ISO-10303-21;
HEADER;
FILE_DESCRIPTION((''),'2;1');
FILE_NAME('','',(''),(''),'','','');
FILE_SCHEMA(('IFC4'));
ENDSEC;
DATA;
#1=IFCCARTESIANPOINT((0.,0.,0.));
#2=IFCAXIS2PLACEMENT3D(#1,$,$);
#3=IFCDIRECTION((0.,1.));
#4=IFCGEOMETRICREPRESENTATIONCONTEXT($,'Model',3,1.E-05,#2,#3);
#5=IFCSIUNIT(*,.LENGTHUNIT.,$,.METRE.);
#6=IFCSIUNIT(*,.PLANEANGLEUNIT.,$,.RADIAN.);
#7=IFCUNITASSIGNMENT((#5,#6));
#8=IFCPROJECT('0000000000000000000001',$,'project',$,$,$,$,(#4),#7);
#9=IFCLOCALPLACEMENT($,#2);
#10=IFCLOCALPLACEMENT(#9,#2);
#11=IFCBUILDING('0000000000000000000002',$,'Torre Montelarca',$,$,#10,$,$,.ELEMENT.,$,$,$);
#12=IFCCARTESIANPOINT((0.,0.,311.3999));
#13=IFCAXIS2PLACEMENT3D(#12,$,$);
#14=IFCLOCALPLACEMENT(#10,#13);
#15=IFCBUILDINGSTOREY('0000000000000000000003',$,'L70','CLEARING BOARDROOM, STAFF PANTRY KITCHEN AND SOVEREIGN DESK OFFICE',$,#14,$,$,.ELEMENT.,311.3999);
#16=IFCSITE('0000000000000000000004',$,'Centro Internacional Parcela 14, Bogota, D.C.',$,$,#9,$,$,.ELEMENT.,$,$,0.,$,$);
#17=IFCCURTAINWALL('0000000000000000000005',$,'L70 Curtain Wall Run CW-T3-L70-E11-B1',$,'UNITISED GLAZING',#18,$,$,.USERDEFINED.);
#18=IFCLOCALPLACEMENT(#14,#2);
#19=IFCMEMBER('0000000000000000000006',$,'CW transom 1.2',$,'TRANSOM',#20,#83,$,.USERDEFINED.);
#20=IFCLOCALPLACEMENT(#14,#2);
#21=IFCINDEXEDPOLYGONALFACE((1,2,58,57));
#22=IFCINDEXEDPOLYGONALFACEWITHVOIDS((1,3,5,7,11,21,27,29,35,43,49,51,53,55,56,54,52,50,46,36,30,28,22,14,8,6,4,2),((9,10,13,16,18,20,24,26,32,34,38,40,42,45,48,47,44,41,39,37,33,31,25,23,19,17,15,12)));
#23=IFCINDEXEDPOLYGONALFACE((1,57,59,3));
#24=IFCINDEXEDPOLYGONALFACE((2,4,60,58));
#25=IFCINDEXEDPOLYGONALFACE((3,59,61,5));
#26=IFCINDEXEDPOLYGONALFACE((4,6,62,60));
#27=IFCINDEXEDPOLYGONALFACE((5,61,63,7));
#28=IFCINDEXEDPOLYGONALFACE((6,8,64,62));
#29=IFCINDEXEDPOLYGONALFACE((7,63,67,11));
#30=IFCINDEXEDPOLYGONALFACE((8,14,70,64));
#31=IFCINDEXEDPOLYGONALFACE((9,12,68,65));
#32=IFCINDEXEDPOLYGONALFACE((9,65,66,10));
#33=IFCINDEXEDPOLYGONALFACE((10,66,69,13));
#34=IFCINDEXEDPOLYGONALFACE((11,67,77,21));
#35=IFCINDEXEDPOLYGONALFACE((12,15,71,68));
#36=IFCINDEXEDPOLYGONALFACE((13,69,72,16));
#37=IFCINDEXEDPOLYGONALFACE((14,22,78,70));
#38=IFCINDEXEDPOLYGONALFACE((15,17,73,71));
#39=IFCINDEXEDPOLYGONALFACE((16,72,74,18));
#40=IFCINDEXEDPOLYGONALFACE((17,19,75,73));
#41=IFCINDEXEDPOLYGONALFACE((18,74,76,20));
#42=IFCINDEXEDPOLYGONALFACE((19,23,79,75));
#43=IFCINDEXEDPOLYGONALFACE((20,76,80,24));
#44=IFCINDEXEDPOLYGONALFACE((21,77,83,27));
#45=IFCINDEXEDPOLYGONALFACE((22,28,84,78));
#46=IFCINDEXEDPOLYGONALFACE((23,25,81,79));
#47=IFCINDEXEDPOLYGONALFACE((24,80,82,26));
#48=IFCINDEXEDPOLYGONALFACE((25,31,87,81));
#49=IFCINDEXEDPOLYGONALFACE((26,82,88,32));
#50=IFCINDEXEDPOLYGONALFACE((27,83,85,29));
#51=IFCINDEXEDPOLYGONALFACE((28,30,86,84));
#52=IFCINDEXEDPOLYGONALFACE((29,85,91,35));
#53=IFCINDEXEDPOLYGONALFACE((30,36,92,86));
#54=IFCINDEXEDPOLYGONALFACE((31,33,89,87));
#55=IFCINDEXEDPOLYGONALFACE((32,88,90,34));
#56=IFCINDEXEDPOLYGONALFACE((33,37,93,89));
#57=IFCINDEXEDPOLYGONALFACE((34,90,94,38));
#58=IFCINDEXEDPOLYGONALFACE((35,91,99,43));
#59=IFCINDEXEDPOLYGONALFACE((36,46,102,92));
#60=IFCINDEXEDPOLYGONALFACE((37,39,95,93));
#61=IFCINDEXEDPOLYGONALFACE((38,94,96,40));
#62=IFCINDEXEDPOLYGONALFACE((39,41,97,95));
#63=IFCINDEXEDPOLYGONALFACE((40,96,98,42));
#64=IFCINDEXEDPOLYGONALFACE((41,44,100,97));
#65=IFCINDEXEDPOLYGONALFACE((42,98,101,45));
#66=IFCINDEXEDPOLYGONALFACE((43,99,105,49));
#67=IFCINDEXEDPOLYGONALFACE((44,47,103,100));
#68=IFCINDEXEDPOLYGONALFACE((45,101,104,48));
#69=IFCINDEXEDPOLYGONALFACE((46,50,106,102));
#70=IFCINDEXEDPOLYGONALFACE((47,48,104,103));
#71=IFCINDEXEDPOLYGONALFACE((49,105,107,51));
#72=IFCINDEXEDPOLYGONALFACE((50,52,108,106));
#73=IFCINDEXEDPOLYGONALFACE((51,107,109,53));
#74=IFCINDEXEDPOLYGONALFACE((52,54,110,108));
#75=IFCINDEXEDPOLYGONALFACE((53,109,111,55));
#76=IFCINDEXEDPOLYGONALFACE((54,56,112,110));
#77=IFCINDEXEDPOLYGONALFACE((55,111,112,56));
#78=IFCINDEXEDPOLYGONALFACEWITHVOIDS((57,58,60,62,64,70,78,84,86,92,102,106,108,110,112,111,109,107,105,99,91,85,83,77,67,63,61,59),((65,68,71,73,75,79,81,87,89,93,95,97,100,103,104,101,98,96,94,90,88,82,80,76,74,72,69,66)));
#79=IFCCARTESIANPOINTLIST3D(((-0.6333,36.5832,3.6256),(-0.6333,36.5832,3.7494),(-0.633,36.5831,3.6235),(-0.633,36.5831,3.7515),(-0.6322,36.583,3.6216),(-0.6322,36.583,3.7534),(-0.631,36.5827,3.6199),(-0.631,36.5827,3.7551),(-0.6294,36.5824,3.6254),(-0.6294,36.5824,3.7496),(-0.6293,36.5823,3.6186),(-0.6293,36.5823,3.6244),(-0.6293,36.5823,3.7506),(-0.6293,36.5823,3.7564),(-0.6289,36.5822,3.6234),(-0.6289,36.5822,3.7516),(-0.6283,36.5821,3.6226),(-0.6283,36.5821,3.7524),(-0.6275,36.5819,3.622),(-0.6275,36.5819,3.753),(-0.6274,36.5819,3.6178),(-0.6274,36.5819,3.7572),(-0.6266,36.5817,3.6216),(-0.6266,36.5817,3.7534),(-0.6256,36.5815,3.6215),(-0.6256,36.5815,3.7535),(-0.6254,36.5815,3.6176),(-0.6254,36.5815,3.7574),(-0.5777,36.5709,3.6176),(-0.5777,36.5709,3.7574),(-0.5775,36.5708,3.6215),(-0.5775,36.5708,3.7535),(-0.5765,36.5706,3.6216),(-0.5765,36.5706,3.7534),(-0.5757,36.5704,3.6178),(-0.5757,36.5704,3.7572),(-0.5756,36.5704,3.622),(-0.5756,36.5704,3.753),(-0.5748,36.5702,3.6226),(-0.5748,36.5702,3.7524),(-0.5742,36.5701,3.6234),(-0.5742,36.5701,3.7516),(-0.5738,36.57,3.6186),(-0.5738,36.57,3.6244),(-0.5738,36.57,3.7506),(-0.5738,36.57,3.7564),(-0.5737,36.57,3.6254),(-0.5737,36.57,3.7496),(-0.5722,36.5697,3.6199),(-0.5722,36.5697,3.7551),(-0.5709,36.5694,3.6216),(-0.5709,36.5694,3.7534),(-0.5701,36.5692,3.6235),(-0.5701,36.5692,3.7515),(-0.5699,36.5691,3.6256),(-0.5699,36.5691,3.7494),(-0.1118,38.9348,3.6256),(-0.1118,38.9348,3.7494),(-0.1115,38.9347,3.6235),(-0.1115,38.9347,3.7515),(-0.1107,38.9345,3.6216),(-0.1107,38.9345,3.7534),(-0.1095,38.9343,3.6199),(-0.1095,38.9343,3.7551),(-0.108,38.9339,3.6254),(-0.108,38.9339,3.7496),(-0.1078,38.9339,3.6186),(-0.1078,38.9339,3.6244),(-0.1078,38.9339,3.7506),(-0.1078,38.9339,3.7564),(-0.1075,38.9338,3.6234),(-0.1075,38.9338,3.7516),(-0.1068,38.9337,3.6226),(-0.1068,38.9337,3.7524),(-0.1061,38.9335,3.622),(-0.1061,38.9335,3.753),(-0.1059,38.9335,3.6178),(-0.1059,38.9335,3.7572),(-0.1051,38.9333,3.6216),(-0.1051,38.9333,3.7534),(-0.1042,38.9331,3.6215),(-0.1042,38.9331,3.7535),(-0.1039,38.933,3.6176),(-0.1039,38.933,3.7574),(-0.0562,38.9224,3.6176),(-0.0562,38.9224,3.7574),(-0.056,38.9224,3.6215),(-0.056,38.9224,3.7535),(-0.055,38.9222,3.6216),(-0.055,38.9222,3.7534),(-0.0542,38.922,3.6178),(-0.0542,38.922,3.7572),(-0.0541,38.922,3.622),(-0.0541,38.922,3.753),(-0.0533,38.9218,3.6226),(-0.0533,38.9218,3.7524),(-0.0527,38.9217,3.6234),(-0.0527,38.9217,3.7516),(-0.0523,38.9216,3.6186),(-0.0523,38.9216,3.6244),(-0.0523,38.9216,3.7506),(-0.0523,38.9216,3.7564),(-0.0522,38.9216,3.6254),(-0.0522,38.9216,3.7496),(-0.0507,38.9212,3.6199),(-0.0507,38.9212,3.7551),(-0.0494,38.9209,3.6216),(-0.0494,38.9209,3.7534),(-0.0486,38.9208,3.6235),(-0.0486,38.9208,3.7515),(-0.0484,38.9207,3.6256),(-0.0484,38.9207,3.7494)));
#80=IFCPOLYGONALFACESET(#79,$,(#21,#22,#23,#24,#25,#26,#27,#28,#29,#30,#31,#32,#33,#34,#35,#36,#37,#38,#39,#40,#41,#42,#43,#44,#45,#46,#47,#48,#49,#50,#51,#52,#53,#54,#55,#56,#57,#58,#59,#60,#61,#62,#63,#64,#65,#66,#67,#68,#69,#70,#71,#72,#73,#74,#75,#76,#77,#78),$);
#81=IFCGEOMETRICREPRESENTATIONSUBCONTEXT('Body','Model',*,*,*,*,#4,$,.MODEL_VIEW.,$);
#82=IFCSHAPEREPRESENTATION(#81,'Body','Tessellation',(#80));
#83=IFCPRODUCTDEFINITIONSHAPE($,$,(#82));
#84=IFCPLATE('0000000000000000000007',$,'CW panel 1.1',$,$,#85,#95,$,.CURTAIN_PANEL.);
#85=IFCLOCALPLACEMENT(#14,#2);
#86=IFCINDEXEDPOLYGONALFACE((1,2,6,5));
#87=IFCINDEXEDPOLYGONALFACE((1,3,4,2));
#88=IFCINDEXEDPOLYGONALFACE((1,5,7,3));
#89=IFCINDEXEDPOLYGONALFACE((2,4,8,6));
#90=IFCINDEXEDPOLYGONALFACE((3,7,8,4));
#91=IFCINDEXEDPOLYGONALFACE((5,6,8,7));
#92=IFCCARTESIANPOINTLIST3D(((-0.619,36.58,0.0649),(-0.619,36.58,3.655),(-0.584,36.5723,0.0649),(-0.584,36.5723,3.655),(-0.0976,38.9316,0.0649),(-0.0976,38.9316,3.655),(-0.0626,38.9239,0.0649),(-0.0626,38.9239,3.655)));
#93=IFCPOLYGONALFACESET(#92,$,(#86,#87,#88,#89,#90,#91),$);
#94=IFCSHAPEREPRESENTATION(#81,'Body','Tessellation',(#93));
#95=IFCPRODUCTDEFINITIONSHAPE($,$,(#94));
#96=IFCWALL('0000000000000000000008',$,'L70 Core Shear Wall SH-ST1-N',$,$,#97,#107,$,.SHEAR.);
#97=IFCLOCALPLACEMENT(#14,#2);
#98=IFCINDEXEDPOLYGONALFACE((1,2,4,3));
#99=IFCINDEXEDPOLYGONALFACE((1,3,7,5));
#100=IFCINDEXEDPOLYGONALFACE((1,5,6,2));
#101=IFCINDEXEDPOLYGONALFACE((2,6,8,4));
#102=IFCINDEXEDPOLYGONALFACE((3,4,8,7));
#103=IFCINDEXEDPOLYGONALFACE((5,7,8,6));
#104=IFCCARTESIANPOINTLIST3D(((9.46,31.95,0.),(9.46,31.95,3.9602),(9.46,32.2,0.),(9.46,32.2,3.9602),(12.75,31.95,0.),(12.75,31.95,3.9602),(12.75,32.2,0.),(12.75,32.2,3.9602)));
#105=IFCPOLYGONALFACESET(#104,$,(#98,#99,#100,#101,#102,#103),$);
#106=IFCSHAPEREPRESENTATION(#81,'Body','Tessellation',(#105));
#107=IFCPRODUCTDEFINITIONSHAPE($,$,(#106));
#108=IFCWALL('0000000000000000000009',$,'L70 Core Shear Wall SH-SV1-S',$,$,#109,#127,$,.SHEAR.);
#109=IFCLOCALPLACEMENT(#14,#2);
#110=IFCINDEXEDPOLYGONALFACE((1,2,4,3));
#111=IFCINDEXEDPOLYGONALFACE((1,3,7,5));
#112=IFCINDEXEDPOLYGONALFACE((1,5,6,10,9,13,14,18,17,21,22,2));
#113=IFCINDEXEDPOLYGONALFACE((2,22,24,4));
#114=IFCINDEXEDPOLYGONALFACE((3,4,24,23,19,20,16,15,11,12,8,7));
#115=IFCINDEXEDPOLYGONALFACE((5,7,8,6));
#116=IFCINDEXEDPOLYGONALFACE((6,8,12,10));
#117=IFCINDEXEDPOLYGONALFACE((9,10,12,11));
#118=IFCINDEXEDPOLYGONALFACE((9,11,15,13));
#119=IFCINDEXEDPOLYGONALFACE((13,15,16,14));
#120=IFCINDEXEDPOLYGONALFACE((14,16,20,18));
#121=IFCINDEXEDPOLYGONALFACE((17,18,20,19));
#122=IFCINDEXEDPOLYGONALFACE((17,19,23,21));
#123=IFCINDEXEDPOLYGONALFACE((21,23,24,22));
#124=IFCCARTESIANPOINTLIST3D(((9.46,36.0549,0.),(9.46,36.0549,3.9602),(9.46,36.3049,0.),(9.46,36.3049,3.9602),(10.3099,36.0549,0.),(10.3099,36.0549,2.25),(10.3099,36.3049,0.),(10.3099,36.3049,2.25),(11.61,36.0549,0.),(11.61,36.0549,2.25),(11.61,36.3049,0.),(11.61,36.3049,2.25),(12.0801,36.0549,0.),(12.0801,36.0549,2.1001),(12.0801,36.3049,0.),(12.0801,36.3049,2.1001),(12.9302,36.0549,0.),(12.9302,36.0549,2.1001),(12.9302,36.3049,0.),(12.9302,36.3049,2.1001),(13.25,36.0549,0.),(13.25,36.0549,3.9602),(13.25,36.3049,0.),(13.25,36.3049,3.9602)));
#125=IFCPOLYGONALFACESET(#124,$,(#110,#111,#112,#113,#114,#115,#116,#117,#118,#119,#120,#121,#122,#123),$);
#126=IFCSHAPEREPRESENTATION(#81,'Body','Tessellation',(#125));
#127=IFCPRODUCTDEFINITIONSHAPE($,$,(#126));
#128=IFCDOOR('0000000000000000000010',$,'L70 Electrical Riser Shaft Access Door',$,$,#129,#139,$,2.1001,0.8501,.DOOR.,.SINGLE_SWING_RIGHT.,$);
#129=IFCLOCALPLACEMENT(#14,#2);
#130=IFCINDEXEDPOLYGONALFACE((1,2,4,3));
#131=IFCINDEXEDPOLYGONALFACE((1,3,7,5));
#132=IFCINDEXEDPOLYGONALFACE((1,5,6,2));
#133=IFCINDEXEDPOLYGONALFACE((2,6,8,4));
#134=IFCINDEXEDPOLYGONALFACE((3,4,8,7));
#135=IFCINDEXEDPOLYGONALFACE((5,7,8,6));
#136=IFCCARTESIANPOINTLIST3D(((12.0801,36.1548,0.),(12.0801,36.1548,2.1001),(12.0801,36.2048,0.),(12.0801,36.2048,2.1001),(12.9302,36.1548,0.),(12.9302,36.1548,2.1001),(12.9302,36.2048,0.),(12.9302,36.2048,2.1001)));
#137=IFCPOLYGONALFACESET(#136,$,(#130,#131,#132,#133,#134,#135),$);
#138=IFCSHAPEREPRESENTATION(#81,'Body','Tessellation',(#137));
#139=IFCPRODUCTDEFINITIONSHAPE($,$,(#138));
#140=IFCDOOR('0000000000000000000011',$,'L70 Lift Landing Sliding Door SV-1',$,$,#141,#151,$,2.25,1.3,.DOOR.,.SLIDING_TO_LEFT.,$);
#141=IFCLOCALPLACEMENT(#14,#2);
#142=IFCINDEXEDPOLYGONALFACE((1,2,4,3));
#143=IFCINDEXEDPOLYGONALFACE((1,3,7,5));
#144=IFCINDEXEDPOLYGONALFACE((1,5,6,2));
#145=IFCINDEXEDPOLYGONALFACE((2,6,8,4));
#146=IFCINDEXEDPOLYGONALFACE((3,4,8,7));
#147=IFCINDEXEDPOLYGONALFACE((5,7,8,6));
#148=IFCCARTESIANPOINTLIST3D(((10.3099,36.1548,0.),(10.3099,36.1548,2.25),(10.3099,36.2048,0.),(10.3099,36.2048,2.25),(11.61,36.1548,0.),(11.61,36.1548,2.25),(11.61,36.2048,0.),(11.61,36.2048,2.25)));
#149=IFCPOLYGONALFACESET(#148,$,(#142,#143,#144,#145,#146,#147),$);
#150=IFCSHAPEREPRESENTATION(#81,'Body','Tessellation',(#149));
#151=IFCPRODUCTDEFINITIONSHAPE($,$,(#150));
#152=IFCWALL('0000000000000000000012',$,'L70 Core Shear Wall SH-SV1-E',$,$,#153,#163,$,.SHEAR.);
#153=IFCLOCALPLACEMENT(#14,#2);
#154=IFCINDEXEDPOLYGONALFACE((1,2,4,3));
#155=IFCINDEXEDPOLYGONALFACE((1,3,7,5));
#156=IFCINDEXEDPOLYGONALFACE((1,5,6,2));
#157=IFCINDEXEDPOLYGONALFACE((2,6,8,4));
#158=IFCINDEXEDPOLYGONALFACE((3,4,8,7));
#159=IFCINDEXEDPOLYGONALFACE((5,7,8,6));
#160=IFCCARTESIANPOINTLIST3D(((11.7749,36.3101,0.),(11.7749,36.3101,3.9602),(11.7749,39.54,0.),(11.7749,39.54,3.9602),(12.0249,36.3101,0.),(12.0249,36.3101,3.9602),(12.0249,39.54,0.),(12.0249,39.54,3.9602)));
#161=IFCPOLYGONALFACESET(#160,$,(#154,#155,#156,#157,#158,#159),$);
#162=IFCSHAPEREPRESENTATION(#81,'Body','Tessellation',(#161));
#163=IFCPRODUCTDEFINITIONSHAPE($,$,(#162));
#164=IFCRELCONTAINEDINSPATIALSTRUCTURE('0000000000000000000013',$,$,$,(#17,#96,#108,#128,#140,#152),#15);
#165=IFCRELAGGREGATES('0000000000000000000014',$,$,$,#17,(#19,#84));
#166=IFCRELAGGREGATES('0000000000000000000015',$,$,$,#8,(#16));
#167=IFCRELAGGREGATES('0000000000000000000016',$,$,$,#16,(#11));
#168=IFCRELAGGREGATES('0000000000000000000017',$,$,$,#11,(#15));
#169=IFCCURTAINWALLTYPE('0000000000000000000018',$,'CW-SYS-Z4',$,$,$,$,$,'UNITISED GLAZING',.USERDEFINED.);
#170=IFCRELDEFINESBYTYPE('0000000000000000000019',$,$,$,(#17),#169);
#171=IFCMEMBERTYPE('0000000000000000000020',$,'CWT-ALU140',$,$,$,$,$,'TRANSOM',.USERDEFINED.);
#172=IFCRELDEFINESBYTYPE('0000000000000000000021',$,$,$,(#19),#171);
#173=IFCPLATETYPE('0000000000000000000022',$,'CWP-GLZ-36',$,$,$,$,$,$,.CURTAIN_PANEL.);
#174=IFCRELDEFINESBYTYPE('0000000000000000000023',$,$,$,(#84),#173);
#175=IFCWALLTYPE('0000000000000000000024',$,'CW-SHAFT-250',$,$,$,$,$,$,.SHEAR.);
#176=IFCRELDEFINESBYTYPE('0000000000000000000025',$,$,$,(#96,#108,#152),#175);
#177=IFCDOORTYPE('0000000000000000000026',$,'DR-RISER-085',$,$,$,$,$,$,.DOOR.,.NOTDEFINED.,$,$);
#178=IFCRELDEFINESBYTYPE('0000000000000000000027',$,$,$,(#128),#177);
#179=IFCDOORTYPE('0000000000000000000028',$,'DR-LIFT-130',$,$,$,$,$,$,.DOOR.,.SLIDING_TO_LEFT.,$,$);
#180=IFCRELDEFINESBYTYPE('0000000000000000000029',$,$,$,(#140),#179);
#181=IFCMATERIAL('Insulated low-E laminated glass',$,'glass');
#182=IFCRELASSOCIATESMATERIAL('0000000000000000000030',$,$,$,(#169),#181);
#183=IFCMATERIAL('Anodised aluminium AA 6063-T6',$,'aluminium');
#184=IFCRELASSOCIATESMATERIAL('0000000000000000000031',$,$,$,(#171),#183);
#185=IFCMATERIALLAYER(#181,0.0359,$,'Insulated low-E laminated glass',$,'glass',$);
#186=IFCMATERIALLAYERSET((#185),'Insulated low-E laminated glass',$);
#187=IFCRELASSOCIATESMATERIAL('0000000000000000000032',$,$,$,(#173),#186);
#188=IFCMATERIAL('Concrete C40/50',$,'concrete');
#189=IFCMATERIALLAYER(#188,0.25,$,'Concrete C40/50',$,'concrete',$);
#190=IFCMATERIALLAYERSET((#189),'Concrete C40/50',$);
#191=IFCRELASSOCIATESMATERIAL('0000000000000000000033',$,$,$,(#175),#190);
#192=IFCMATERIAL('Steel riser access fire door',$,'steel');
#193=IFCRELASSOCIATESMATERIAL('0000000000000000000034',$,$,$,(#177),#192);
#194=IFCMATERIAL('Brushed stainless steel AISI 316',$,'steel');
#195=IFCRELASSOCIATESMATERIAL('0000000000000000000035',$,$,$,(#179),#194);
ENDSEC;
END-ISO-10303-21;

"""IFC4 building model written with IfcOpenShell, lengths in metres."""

from ifc_helpers import new_model, si_unit, direction, frame, frame_2d, origin, origin_2d, place, context, subcontext, project, spatial, rectangle, hollow_rectangle, extrude, source, transform, mapped, material, layer, layer_set, material_profile, profile_set, type_object, element, fill, aggregate, save


model = new_model("IFC4")

# Units and contexts
model_context = context("Model", 3, precision=1e-05, world=origin(), true_north=direction((0.0, 1.0)))
body_context = subcontext(model_context, "Body", "Model", "MODEL_VIEW")
ifc_project = project(units=[si_unit("LENGTHUNIT", "METRE"), si_unit("PLANEANGLEUNIT", "RADIAN")], contexts=[model_context])

# Site, building, storey
site_placement = place(None, origin())
site = spatial("IfcSite", under=ifc_project, at=site_placement, Name="Centro Internacional Parcela 14, Bogota, D.C.", CompositionType="ELEMENT", RefElevation=0.0)
building_placement = place(site_placement, origin())
building = spatial("IfcBuilding", under=site, at=building_placement, Name="Torre Montelarca", CompositionType="ELEMENT")
storey_placement = place(building_placement, frame((0.0, 0.0, 311.3999)))
storey = spatial("IfcBuildingStorey", under=building, at=storey_placement, Name="L70", Description="CLEARING BOARDROOM, STAFF PANTRY KITCHEN AND SOVEREIGN DESK OFFICE", CompositionType="ELEMENT", Elevation=311.3999)

# Shared definitions
ifc_material_1 = material(Name="Concrete C40/50", Category="concrete")

# Curtain wall, member, plate
ifc_material_2 = material(Name="Insulated low-E laminated glass", Category="glass")
curtain_wall_type = type_object("IfcCurtainWallType", Name="CW-SYS-Z4", ElementType="UNITISED GLAZING", PredefinedType="USERDEFINED", material=ifc_material_2)
curtain_wall_placement = place(storey_placement, origin())
curtain_wall = element("IfcCurtainWall", 1, at=curtain_wall_placement, inside=storey, type_object=curtain_wall_type, Name="L70 Curtain Wall Run CW-T3-L70-E11-B1", ObjectType="UNITISED GLAZING", PredefinedType="USERDEFINED")
ifc_material_3 = material(Name="Anodised aluminium AA 6063-T6", Category="aluminium")
ifc_material_profile_1 = material_profile(ifc_material_3, hollow_rectangle(XDim=0.0649, YDim=0.1399, WallThickness=0.0039, InnerFilletRadius=0.0039, OuterFilletRadius=0.0081, at=origin_2d()), Name="ALU65X140X4", Category="aluminium")
ifc_profile_set_1 = profile_set([ifc_material_profile_1], Name="Anodised aluminium AA 6063-T6")
member_type_1 = type_object("IfcMemberType", Name="CWT-ALU140", ElementType="TRANSOM", PredefinedType="USERDEFINED", material=ifc_profile_set_1)
shared_shape_1 = source(origin(), body_context, "Body", "SweptSolid", [
    extrude(hollow_rectangle(XDim=0.0649, YDim=0.1399, WallThickness=0.0039, InnerFilletRadius=0.0039, OuterFilletRadius=0.0081, at=origin_2d()), origin(), (0.0, 0.0, 1.0), 2.4087),
])
member_1_placement = place(storey_placement, frame((-0.0801, 38.9277, 3.6875), z_axis=(-0.216501, -0.976282, 0.0), x_axis=(0.976282, -0.216501, 0.0)))
member_1 = element("IfcMember", 2, at=member_1_placement, type_object=member_type_1, Name="CW transom 1.2", ObjectType="TRANSOM", PredefinedType="USERDEFINED", context=body_context, shape_type="MappedRepresentation", body=[
    mapped(shared_shape_1, transform((0.0, 0.0, 0.0), scale=1.0)),
])
ifc_layer_1 = layer(ifc_material_2, 0.0359, Name="Insulated low-E laminated glass", Category="glass")
ifc_layer_set_1 = layer_set([ifc_layer_1], Name="Insulated low-E laminated glass")
plate_type = type_object("IfcPlateType", Name="CWP-GLZ-36", PredefinedType="CURTAIN_PANEL", material=ifc_layer_set_1)
shared_shape_2 = source(origin(), body_context, "Body", "SweptSolid", [
    extrude(rectangle(XDim=2.4087, YDim=0.0359, at=origin_2d()), origin(), (0.0, 0.0, 1.0), 3.5901),
])
plate_placement = place(storey_placement, frame((-0.3408, 37.752, 0.0649), z_axis=(0.0, 0.0, 1.0), x_axis=(-0.216462, -0.976291, 0.0)))
plate = element("IfcPlate", 3, at=plate_placement, type_object=plate_type, Name="CW panel 1.1", PredefinedType="CURTAIN_PANEL", context=body_context, shape_type="MappedRepresentation", body=[
    mapped(shared_shape_2, transform((0.0, 0.0, 0.0), scale=1.0)),
])
aggregate(curtain_wall, [member_1, plate])

# Wall
ifc_layer_2 = layer(ifc_material_1, 0.25, Name="Concrete C40/50", Category="concrete")
ifc_layer_set_2 = layer_set([ifc_layer_2], Name="Concrete C40/50")
wall_type_1 = type_object("IfcWallType", Name="CW-SHAFT-250", PredefinedType="SHEAR", material=ifc_layer_set_2)
wall_1_placement = place(storey_placement, frame((9.46, 32.075, 0.0), z_axis=(0.0, 0.0, 1.0), x_axis=(1.0, 0.0, 0.0)))
element("IfcWall", 4, at=wall_1_placement, inside=storey, type_object=wall_type_1, Name="L70 Core Shear Wall SH-ST1-N", PredefinedType="SHEAR", context=body_context, shape_type="SweptSolid", body=[
    extrude(rectangle(XDim=3.29, YDim=0.25, at=frame_2d((1.645, 0.0))), origin(), (0.0, 0.0, 1.0), 3.9602),
])

# Wall, openings, doors
wall_2_placement = place(storey_placement, frame((9.46, 36.1799, 0.0), z_axis=(0.0, 0.0, 1.0), x_axis=(1.0, 0.0, 0.0)))
wall_2 = element("IfcWall", 5, at=wall_2_placement, inside=storey, type_object=wall_type_1, Name="L70 Core Shear Wall SH-SV1-S", PredefinedType="SHEAR", context=body_context, shape_type="SweptSolid", body=[
    extrude(rectangle(XDim=3.79, YDim=0.25, at=frame_2d((1.895, 0.0))), origin(), (0.0, 0.0, 1.0), 3.9602),
])
opening_1_placement = place(wall_2_placement, frame((2.6201, 0.0, 0.0)))
opening_1 = element("IfcOpeningElement", 6, at=opening_1_placement, cuts=wall_2, PredefinedType="OPENING", context=body_context, shape_type="SweptSolid", body=[
    extrude(rectangle(XDim=0.8501, YDim=2.1001, at=frame_2d((0.425, 1.05))), frame((0.0, 0.135, 0.0), z_axis=(0.0, -1.0, 0.0), x_axis=(1.0, 0.0, 0.0)), (0.0, 0.0, 1.0), 0.27),
])
opening_2_placement = place(wall_2_placement, frame((0.8501, 0.0, 0.0)))
opening_2 = element("IfcOpeningElement", 7, at=opening_2_placement, cuts=wall_2, PredefinedType="OPENING", context=body_context, shape_type="SweptSolid", body=[
    extrude(rectangle(XDim=1.3, YDim=2.25, at=frame_2d((0.6499, 1.125))), frame((0.0, 0.135, 0.0), z_axis=(0.0, -1.0, 0.0), x_axis=(1.0, 0.0, 0.0)), (0.0, 0.0, 1.0), 0.27),
])
ifc_material_4 = material(Name="Steel riser access fire door", Category="steel")
door_type_1 = type_object("IfcDoorType", Name="DR-RISER-085", OperationType="NOTDEFINED", PredefinedType="DOOR", material=ifc_material_4)
shared_shape_3 = source(origin(), body_context, "Body", "SweptSolid", [
    extrude(rectangle(XDim=0.8501, YDim=2.1001, at=frame_2d((0.425, 1.05))), frame((0.0, 0.0249, 0.0), z_axis=(0.0, -1.0, 0.0), x_axis=(1.0, 0.0, 0.0)), (0.0, 0.0, 1.0), 0.05),
])
door_1_placement = place(opening_1_placement, origin())
door_1 = element("IfcDoor", 8, at=door_1_placement, inside=storey, type_object=door_type_1, Name="L70 Electrical Riser Shaft Access Door", OperationType="SINGLE_SWING_RIGHT", OverallHeight=2.1001, OverallWidth=0.8501, PredefinedType="DOOR", context=body_context, shape_type="MappedRepresentation", body=[
    mapped(shared_shape_3, transform((0.0, 0.0, 0.0), scale=1.0)),
])
fill(opening_1, door_1)
ifc_material_5 = material(Name="Brushed stainless steel AISI 316", Category="steel")
door_type_2 = type_object("IfcDoorType", Name="DR-LIFT-130", OperationType="SLIDING_TO_LEFT", PredefinedType="DOOR", material=ifc_material_5)
shared_shape_4 = source(origin(), body_context, "Body", "SweptSolid", [
    extrude(rectangle(XDim=1.3, YDim=2.25, at=frame_2d((0.6499, 1.125))), frame((0.0, 0.0249, 0.0), z_axis=(0.0, -1.0, 0.0), x_axis=(1.0, 0.0, 0.0)), (0.0, 0.0, 1.0), 0.05),
])
door_2_placement = place(opening_2_placement, origin())
door_2 = element("IfcDoor", 9, at=door_2_placement, inside=storey, type_object=door_type_2, Name="L70 Lift Landing Sliding Door SV-1", OperationType="SLIDING_TO_LEFT", OverallHeight=2.25, OverallWidth=1.3, PredefinedType="DOOR", context=body_context, shape_type="MappedRepresentation", body=[
    mapped(shared_shape_4, transform((0.0, 0.0, 0.0), scale=1.0)),
])
fill(opening_2, door_2)

# Wall
wall_3_placement = place(storey_placement, frame((11.8999, 36.3101, 0.0), z_axis=(0.0, 0.0, 1.0), x_axis=(0.0, 1.0, 0.0)))
element("IfcWall", 10, at=wall_3_placement, inside=storey, type_object=wall_type_1, Name="L70 Core Shear Wall SH-SV1-E", PredefinedType="SHEAR", context=body_context, shape_type="SweptSolid", body=[
    extrude(rectangle(XDim=3.23, YDim=0.25, at=frame_2d((1.615, 0.0))), origin(), (0.0, 0.0, 1.0), 3.9602),
])

save(model, "model.ifc")
